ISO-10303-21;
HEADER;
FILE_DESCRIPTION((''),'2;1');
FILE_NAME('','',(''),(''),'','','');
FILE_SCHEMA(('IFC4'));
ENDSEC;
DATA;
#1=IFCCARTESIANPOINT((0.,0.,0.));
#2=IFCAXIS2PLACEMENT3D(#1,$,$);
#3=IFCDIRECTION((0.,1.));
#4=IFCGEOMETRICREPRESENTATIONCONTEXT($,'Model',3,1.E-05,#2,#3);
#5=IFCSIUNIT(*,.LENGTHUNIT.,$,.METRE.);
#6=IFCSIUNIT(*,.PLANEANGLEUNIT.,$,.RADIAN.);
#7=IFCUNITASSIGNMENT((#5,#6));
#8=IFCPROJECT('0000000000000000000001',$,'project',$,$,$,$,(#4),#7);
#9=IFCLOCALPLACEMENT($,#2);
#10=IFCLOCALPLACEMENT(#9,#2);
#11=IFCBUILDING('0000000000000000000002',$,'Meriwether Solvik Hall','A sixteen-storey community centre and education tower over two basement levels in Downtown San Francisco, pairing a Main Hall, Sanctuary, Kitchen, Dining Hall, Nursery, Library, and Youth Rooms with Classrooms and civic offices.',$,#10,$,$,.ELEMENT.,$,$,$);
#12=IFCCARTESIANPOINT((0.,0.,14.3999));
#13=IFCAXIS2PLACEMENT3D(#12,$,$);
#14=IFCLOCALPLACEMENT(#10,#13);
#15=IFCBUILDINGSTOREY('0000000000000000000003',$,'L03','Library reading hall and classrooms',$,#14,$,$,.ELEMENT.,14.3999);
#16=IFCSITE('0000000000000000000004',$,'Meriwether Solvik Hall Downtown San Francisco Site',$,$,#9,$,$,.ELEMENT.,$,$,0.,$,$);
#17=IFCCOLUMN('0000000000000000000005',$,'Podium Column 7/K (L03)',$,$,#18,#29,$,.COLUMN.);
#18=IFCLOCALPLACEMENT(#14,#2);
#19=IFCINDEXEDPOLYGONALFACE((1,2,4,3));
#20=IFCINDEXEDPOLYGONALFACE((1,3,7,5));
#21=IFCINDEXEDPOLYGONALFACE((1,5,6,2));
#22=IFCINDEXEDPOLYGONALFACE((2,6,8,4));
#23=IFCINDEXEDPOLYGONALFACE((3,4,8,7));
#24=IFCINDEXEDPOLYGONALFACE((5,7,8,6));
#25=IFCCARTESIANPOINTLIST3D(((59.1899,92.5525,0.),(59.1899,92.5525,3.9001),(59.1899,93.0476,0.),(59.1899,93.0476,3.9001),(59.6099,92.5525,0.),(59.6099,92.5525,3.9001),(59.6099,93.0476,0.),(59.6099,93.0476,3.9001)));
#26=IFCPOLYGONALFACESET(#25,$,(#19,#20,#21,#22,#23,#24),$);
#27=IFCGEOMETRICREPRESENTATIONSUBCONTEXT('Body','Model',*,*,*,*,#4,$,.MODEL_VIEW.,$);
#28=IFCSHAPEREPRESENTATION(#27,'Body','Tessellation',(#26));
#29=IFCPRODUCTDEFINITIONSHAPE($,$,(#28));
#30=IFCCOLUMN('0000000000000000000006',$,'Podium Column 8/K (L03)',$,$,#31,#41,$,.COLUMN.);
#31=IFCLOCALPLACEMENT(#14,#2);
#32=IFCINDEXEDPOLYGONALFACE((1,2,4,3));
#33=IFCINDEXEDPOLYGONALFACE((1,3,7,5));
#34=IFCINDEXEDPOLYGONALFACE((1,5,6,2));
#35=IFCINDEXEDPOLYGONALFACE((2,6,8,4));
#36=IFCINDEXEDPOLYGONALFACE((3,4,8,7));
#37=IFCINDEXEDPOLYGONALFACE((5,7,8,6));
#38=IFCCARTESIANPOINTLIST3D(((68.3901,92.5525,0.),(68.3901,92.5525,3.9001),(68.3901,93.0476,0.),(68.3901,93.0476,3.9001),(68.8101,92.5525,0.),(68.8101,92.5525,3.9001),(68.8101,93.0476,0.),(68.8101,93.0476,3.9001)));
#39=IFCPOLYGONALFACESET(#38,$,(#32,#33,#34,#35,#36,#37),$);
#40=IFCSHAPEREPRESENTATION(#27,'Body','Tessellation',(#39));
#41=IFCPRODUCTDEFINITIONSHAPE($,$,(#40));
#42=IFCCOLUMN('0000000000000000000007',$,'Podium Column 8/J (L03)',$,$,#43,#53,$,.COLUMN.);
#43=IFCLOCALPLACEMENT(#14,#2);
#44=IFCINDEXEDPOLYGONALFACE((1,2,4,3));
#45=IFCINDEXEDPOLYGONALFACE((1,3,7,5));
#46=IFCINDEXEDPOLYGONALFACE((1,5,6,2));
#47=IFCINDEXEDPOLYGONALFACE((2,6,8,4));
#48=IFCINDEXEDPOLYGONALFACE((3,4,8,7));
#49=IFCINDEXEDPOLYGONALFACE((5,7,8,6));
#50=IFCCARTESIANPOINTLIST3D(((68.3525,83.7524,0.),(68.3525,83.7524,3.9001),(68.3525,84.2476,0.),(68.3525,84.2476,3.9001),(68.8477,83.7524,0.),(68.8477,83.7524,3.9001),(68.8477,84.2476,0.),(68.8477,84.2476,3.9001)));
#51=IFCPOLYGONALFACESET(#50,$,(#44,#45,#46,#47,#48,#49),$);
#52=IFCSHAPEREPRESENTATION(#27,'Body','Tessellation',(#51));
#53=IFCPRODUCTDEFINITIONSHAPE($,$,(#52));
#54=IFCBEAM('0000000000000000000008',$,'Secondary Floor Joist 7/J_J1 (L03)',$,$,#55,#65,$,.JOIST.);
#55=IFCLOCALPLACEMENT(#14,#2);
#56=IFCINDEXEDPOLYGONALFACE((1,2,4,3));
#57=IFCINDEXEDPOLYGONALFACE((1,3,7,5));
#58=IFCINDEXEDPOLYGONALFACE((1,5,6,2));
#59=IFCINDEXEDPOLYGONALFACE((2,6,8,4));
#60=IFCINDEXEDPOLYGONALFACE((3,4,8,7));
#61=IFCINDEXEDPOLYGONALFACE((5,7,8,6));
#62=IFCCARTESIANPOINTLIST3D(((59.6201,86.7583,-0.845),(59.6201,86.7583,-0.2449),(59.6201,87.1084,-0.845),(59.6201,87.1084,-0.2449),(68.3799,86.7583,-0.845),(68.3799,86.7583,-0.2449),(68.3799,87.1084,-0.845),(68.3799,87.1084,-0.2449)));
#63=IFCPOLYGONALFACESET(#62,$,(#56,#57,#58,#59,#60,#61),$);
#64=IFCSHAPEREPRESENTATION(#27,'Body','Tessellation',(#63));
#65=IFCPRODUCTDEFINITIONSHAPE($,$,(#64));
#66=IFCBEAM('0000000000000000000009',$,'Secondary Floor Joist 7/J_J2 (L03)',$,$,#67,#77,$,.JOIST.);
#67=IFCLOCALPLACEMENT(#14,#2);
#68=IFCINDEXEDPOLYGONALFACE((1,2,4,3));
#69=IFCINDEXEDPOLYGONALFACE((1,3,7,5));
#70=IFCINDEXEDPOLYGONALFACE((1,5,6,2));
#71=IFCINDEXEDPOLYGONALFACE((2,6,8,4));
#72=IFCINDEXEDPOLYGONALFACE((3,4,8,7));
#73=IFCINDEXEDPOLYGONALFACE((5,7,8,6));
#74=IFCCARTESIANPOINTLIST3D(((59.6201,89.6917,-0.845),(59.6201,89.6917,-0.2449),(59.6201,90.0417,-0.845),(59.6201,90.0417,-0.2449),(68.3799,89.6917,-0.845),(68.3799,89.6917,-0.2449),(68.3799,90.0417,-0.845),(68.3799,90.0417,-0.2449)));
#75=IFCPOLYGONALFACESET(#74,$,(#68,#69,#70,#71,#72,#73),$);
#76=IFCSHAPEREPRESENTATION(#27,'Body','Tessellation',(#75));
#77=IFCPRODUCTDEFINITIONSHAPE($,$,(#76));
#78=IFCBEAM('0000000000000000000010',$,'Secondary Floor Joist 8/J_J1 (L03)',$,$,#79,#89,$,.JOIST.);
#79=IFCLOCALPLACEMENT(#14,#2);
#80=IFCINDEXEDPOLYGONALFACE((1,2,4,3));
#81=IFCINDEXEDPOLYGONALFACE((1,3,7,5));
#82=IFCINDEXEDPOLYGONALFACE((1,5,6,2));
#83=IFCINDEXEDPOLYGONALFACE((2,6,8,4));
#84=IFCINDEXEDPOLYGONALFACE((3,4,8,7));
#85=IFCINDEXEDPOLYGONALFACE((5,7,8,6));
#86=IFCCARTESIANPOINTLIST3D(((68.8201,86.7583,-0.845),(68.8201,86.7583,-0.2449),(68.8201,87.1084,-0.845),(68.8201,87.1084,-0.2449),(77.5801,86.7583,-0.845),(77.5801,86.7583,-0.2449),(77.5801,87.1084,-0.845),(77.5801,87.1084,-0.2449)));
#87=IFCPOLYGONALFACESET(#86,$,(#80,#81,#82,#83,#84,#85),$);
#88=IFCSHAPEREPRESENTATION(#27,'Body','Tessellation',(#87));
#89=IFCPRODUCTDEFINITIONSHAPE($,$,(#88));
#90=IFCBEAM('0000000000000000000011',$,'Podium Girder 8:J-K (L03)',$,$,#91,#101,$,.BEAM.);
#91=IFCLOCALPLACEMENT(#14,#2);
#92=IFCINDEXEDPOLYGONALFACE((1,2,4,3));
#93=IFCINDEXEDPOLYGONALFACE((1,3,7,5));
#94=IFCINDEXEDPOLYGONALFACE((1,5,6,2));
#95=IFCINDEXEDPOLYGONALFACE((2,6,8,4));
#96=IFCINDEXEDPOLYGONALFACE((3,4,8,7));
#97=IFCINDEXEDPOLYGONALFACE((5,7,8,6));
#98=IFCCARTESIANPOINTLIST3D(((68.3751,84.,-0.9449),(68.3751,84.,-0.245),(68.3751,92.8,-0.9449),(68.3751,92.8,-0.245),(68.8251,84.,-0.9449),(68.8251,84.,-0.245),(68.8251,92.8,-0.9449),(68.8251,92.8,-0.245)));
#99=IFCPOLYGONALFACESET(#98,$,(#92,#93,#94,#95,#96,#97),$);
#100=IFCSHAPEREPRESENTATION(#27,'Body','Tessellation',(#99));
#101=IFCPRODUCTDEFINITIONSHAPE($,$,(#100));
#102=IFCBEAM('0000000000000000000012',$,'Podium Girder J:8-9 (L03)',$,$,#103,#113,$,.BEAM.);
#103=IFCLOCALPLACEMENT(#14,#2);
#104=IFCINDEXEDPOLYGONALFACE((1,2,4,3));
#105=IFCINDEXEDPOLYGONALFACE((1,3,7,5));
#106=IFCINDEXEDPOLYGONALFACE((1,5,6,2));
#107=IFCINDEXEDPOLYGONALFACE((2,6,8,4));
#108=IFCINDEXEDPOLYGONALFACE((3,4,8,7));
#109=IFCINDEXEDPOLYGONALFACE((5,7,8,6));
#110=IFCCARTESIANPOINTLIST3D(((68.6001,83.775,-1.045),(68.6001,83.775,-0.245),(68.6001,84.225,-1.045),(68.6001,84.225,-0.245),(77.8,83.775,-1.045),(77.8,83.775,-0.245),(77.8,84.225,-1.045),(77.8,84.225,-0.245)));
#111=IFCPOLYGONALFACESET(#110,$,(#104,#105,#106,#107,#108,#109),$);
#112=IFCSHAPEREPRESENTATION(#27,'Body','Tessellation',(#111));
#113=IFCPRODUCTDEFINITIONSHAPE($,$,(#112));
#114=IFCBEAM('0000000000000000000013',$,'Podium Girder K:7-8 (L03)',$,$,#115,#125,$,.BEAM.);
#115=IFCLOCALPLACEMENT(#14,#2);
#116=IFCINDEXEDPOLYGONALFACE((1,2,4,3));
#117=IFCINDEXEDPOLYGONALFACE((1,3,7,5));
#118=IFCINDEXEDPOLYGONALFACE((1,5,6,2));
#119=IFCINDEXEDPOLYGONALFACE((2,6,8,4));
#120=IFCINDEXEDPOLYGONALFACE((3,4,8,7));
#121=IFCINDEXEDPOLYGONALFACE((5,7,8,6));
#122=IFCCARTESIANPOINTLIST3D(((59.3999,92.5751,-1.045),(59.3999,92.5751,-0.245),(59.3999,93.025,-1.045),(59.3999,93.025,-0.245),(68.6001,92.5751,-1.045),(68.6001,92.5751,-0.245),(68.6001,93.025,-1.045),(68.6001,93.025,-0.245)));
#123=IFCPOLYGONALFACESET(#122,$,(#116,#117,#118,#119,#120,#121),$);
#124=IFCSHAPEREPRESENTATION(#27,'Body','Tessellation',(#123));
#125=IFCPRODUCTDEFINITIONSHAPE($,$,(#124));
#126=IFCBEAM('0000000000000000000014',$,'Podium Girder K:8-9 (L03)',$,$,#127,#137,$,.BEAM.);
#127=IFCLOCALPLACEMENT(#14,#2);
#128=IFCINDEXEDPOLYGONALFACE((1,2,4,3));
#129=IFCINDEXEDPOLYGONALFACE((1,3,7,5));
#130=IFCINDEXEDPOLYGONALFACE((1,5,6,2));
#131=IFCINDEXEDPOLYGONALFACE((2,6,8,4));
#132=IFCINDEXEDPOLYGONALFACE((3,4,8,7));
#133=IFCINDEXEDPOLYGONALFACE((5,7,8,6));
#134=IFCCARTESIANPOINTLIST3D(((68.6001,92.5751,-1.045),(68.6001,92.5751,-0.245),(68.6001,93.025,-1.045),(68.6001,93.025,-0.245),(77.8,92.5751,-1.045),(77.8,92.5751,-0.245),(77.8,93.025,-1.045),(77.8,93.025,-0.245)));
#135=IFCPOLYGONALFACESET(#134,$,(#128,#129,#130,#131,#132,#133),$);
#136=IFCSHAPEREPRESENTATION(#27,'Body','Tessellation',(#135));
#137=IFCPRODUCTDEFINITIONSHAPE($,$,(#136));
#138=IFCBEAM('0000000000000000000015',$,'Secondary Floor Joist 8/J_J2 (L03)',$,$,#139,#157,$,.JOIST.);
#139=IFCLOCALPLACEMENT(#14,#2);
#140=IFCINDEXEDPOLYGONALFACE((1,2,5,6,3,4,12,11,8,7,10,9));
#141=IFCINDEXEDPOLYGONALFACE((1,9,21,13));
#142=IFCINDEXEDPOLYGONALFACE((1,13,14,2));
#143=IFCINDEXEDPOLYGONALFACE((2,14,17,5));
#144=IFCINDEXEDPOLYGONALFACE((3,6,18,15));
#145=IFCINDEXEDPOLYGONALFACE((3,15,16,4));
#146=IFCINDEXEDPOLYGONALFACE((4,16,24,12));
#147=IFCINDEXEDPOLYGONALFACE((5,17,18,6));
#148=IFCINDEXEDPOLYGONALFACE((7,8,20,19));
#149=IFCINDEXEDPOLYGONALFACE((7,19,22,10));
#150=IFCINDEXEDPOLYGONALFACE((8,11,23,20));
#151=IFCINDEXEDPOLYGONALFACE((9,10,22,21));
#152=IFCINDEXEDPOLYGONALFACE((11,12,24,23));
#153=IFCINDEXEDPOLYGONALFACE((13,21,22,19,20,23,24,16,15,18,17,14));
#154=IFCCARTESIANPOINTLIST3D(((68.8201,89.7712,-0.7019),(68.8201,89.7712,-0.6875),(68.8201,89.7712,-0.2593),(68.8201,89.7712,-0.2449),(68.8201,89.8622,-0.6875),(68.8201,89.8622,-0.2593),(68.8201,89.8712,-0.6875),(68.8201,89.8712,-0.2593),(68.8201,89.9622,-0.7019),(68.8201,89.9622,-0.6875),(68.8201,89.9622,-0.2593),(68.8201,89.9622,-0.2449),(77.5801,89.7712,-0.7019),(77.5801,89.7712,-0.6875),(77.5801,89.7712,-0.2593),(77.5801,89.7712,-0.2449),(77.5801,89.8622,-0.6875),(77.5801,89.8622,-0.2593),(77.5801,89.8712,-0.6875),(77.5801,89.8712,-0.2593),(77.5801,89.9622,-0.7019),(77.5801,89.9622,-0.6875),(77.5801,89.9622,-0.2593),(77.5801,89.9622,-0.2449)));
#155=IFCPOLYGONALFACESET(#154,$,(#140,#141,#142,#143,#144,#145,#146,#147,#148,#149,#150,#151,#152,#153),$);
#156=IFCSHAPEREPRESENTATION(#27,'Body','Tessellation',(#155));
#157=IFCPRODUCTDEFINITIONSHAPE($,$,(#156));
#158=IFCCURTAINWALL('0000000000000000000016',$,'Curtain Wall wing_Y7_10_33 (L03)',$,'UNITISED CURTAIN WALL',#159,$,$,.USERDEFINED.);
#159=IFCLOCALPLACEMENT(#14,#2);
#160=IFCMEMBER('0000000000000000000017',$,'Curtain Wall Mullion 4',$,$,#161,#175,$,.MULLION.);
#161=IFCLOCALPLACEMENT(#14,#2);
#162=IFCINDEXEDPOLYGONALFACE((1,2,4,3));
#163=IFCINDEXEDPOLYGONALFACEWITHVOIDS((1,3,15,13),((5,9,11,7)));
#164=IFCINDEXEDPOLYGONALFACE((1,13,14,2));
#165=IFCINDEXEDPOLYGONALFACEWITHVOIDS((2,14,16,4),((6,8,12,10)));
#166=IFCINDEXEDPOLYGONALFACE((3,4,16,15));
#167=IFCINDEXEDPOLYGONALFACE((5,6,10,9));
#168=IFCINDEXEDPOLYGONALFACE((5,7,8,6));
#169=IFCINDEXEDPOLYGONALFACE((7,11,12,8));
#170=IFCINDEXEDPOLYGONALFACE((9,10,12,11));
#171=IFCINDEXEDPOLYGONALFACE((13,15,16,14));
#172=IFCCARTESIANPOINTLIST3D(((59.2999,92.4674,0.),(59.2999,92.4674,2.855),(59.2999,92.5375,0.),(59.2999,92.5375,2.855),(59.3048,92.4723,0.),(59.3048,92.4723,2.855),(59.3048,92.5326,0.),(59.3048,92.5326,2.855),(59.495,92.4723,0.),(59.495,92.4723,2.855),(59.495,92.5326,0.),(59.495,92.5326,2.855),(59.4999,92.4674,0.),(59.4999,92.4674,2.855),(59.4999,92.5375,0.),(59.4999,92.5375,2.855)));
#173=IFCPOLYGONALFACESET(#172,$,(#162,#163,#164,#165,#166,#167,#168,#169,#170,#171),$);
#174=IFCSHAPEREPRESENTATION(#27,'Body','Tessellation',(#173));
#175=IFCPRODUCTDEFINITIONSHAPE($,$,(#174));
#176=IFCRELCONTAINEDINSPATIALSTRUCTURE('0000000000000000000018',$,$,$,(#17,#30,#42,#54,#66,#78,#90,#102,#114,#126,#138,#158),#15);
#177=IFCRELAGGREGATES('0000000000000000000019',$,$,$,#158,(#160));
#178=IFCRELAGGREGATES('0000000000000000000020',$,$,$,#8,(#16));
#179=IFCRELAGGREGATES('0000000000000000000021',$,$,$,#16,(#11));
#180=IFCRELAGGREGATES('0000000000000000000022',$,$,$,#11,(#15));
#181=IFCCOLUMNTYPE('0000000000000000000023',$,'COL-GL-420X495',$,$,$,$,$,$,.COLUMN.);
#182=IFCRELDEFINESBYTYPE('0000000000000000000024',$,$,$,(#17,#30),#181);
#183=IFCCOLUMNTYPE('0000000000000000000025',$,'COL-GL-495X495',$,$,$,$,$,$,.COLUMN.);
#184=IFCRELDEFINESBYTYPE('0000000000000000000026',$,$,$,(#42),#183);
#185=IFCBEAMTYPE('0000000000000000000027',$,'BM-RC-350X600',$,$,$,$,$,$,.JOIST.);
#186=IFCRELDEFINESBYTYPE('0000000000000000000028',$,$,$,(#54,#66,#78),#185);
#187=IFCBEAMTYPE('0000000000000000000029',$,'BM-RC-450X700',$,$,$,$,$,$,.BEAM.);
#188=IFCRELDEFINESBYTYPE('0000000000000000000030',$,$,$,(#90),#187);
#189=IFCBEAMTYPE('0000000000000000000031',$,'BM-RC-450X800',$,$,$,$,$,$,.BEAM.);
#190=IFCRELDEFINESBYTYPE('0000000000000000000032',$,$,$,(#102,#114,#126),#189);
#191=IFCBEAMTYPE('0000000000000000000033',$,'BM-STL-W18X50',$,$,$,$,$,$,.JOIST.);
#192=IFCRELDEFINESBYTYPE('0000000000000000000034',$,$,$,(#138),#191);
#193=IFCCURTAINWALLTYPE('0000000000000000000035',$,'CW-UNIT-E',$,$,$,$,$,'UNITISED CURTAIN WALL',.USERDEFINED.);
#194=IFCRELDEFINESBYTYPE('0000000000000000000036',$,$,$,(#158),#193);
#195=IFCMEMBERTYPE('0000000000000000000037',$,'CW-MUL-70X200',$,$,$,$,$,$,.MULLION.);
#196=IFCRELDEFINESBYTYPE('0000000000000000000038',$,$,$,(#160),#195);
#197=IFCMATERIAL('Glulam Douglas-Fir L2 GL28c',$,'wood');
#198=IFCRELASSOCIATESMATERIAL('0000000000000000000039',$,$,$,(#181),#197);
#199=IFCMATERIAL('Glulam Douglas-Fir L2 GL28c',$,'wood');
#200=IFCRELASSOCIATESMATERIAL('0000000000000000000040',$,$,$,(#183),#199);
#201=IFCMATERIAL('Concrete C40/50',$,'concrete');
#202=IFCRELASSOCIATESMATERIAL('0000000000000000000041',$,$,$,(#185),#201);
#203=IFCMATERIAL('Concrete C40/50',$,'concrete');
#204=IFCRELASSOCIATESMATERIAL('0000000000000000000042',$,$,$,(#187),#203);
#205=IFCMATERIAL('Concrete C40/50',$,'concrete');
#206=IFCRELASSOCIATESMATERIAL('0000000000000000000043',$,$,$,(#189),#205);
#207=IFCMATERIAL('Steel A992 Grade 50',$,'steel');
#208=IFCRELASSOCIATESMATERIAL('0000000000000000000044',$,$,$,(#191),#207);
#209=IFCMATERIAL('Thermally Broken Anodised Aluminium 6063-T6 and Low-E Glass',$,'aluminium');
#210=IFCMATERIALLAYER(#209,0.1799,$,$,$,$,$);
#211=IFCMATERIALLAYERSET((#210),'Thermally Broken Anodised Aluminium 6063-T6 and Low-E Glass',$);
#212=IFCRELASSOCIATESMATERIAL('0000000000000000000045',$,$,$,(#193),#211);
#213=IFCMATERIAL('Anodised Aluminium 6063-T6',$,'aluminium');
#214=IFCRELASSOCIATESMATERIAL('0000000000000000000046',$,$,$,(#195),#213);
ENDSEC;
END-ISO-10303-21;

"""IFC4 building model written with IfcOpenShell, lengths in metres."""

from ifc_helpers import new_model, si_unit, direction, frame, origin, origin_2d, place, context, subcontext, project, spatial, rectangle, hollow_rectangle, i_section, extrude, material, layer, layer_set, material_profile, profile_set, type_object, element, aggregate, save


model = new_model("IFC4")

# Units and contexts
model_context = context("Model", 3, precision=1e-05, world=origin(), true_north=direction((0.0, 1.0)))
body_context = subcontext(model_context, "Body", "Model", "MODEL_VIEW")
ifc_project = project(units=[si_unit("LENGTHUNIT", "METRE"), si_unit("PLANEANGLEUNIT", "RADIAN")], contexts=[model_context])

# Site, building, storey
site_placement = place(None, origin())
site = spatial("IfcSite", under=ifc_project, at=site_placement, Name="Meriwether Solvik Hall Downtown San Francisco Site", CompositionType="ELEMENT", RefElevation=0.0)
building_placement = place(site_placement, origin())
building = spatial("IfcBuilding", under=site, at=building_placement, Name="Meriwether Solvik Hall", Description="A sixteen-storey community centre and education tower over two basement levels in Downtown San Francisco, pairing a Main Hall, Sanctuary, Kitchen, Dining Hall, Nursery, Library, and Youth Rooms with Classrooms and civic offices.", CompositionType="ELEMENT")
storey_placement = place(building_placement, frame((0.0, 0.0, 14.3999)))
storey = spatial("IfcBuildingStorey", under=building, at=storey_placement, Name="L03", Description="Library reading hall and classrooms", CompositionType="ELEMENT", Elevation=14.3999)

# Columns
ifc_material_1 = material(Name="Glulam Douglas-Fir L2 GL28c", Category="wood")
ifc_material_profile_1 = material_profile(ifc_material_1, rectangle(XDim=0.4199, YDim=0.4951, at=origin_2d()), Name="GLC-420X495")
ifc_profile_set_1 = profile_set([ifc_material_profile_1], Name="Glulam Douglas-Fir L2 GL28c")
column_type_1 = type_object("IfcColumnType", Name="COL-GL-420X495", PredefinedType="COLUMN", material=ifc_profile_set_1)
for number, where, z_axis, x_axis, name in (
    (1, (59.3999, 92.8, 0.0), (0.0, 0.0, 1.0), (1.0, 0.0, 0.0), "Podium Column 7/K (L03)"),
    (2, (68.6001, 92.8, 0.0), (0.0, 0.0, 1.0), (1.0, 0.0, 0.0), "Podium Column 8/K (L03)"),
):
    element("IfcColumn", number, at=place(storey_placement, frame(where, z_axis=z_axis, x_axis=x_axis)), inside=storey, type_object=column_type_1, Name=name, PredefinedType="COLUMN", context=body_context, shape_type="SweptSolid", body=[
        extrude(rectangle(XDim=0.4199, YDim=0.4951, at=origin_2d()), origin(), (0.0, 0.0, 1.0), 3.9001),
    ])
ifc_material_2 = material(Name="Glulam Douglas-Fir L2 GL28c", Category="wood")
ifc_material_profile_2 = material_profile(ifc_material_2, rectangle(XDim=0.4951, YDim=0.4951, at=origin_2d()), Name="GLC-495X495")
ifc_profile_set_2 = profile_set([ifc_material_profile_2], Name="Glulam Douglas-Fir L2 GL28c")
column_type_2 = type_object("IfcColumnType", Name="COL-GL-495X495", PredefinedType="COLUMN", material=ifc_profile_set_2)
column_placement = place(storey_placement, frame((68.6001, 84.0, 0.0), z_axis=(0.0, 0.0, 1.0), x_axis=(1.0, 0.0, 0.0)))
element("IfcColumn", 3, at=column_placement, inside=storey, type_object=column_type_2, Name="Podium Column 8/J (L03)", PredefinedType="COLUMN", context=body_context, shape_type="SweptSolid", body=[
    extrude(rectangle(XDim=0.4951, YDim=0.4951, at=origin_2d()), origin(), (0.0, 0.0, 1.0), 3.9001),
])

# Beams
ifc_material_3 = material(Name="Concrete C40/50", Category="concrete")
ifc_material_profile_3 = material_profile(ifc_material_3, rectangle(XDim=0.3501, YDim=0.6001, at=origin_2d()), Name="RCB-350X600")
ifc_profile_set_3 = profile_set([ifc_material_profile_3], Name="Concrete C40/50")
beam_type_1 = type_object("IfcBeamType", Name="BM-RC-350X600", PredefinedType="JOIST", material=ifc_profile_set_3)
for number, where, z_axis, x_axis, name in (
    (4, (59.6201, 86.9333, -0.5449), (1.0, 0.0, 0.0), (0.0, 1.0, 0.0), "Secondary Floor Joist 7/J_J1 (L03)"),
    (5, (59.6201, 89.8667, -0.5449), (1.0, 0.0, 0.0), (0.0, 1.0, 0.0), "Secondary Floor Joist 7/J_J2 (L03)"),
):
    element("IfcBeam", number, at=place(storey_placement, frame(where, z_axis=z_axis, x_axis=x_axis)), inside=storey, type_object=beam_type_1, Name=name, PredefinedType="JOIST", context=body_context, shape_type="SweptSolid", body=[
        extrude(rectangle(XDim=0.3501, YDim=0.6001, at=origin_2d()), origin(), (0.0, 0.0, 1.0), 8.7598),
    ])
beam_1_placement = place(storey_placement, frame((68.8201, 86.9333, -0.5449), z_axis=(1.0, 0.0, 0.0), x_axis=(0.0, 1.0, 0.0)))
element("IfcBeam", 6, at=beam_1_placement, inside=storey, type_object=beam_type_1, Name="Secondary Floor Joist 8/J_J1 (L03)", PredefinedType="JOIST", context=body_context, shape_type="SweptSolid", body=[
    extrude(rectangle(XDim=0.3501, YDim=0.6001, at=origin_2d()), origin(), (0.0, 0.0, 1.0), 8.76),
])
ifc_material_4 = material(Name="Concrete C40/50", Category="concrete")
ifc_material_profile_4 = material_profile(ifc_material_4, rectangle(XDim=0.45, YDim=0.7, at=origin_2d()), Name="RCB-450X700")
ifc_profile_set_4 = profile_set([ifc_material_profile_4], Name="Concrete C40/50")
beam_type_2 = type_object("IfcBeamType", Name="BM-RC-450X700", PredefinedType="BEAM", material=ifc_profile_set_4)
beam_2_placement = place(storey_placement, frame((68.6001, 84.0, -0.595), z_axis=(0.0, 1.0, 0.0), x_axis=(-1.0, 0.0, 0.0)))
element("IfcBeam", 7, at=beam_2_placement, inside=storey, type_object=beam_type_2, Name="Podium Girder 8:J-K (L03)", PredefinedType="BEAM", context=body_context, shape_type="SweptSolid", body=[
    extrude(rectangle(XDim=0.45, YDim=0.7, at=origin_2d()), origin(), (0.0, 0.0, 1.0), 8.8),
])
ifc_material_5 = material(Name="Concrete C40/50", Category="concrete")
ifc_material_profile_5 = material_profile(ifc_material_5, rectangle(XDim=0.45, YDim=0.8, at=origin_2d()), Name="RCB-450X800")
ifc_profile_set_5 = profile_set([ifc_material_profile_5], Name="Concrete C40/50")
beam_type_3 = type_object("IfcBeamType", Name="BM-RC-450X800", PredefinedType="BEAM", material=ifc_profile_set_5)
beam_3_placement = place(storey_placement, frame((68.6001, 84.0, -0.645), z_axis=(1.0, 0.0, 0.0), x_axis=(0.0, 1.0, 0.0)))
element("IfcBeam", 8, at=beam_3_placement, inside=storey, type_object=beam_type_3, Name="Podium Girder J:8-9 (L03)", PredefinedType="BEAM", context=body_context, shape_type="SweptSolid", body=[
    extrude(rectangle(XDim=0.45, YDim=0.8, at=origin_2d()), origin(), (0.0, 0.0, 1.0), 9.2),
])
beam_4_placement = place(storey_placement, frame((59.3999, 92.8, -0.645), z_axis=(1.0, 0.0, 0.0), x_axis=(0.0, 1.0, 0.0)))
element("IfcBeam", 9, at=beam_4_placement, inside=storey, type_object=beam_type_3, Name="Podium Girder K:7-8 (L03)", PredefinedType="BEAM", context=body_context, shape_type="SweptSolid", body=[
    extrude(rectangle(XDim=0.45, YDim=0.8, at=origin_2d()), origin(), (0.0, 0.0, 1.0), 9.2002),
])
beam_5_placement = place(storey_placement, frame((68.6001, 92.8, -0.645), z_axis=(1.0, 0.0, 0.0), x_axis=(0.0, 1.0, 0.0)))
element("IfcBeam", 10, at=beam_5_placement, inside=storey, type_object=beam_type_3, Name="Podium Girder K:8-9 (L03)", PredefinedType="BEAM", context=body_context, shape_type="SweptSolid", body=[
    extrude(rectangle(XDim=0.45, YDim=0.8, at=origin_2d()), origin(), (0.0, 0.0, 1.0), 9.2),
])
ifc_material_6 = material(Name="Steel A992 Grade 50", Category="steel")
ifc_material_profile_6 = material_profile(ifc_material_6, i_section(OverallWidth=0.1909, OverallDepth=0.457, WebThickness=0.009, FlangeThickness=0.0144, at=origin_2d()), Name="W18X50")
ifc_profile_set_6 = profile_set([ifc_material_profile_6], Name="Steel A992 Grade 50")
beam_type_4 = type_object("IfcBeamType", Name="BM-STL-W18X50", PredefinedType="JOIST", material=ifc_profile_set_6)
beam_6_placement = place(storey_placement, frame((68.8201, 89.8667, -0.4734), z_axis=(1.0, 0.0, 0.0), x_axis=(0.0, 1.0, 0.0)))
element("IfcBeam", 11, at=beam_6_placement, inside=storey, type_object=beam_type_4, Name="Secondary Floor Joist 8/J_J2 (L03)", PredefinedType="JOIST", context=body_context, shape_type="SweptSolid", body=[
    extrude(i_section(OverallWidth=0.1909, OverallDepth=0.457, WebThickness=0.009, FlangeThickness=0.0144, at=origin_2d()), origin(), (0.0, 0.0, 1.0), 8.76),
])

# Curtain wall, member
ifc_material_7 = material(Name="Thermally Broken Anodised Aluminium 6063-T6 and Low-E Glass", Category="aluminium")
ifc_layer_1 = layer(ifc_material_7, 0.1799)
ifc_layer_set_1 = layer_set([ifc_layer_1], Name="Thermally Broken Anodised Aluminium 6063-T6 and Low-E Glass")
curtain_wall_type = type_object("IfcCurtainWallType", Name="CW-UNIT-E", ElementType="UNITISED CURTAIN WALL", PredefinedType="USERDEFINED", material=ifc_layer_set_1)
curtain_wall_placement = place(storey_placement, origin())
curtain_wall = element("IfcCurtainWall", 12, at=curtain_wall_placement, inside=storey, type_object=curtain_wall_type, Name="Curtain Wall wing_Y7_10_33 (L03)", ObjectType="UNITISED CURTAIN WALL", PredefinedType="USERDEFINED")
ifc_material_8 = material(Name="Anodised Aluminium 6063-T6", Category="aluminium")
ifc_material_profile_7 = material_profile(ifc_material_8, hollow_rectangle(XDim=0.0701, YDim=0.2, WallThickness=0.0049, at=origin_2d()), Name="CWM-70X200")
ifc_profile_set_7 = profile_set([ifc_material_profile_7], Name="Anodised Aluminium 6063-T6")
member_type = type_object("IfcMemberType", Name="CW-MUL-70X200", PredefinedType="MULLION", material=ifc_profile_set_7)
member_placement = place(storey_placement, frame((59.3999, 92.5024, 0.0), z_axis=(0.0, 0.0, 1.0), x_axis=(0.0, 1.0, 0.0)))
member = element("IfcMember", 13, at=member_placement, type_object=member_type, Name="Curtain Wall Mullion 4", PredefinedType="MULLION", context=body_context, shape_type="SweptSolid", body=[
    extrude(hollow_rectangle(XDim=0.0701, YDim=0.2, WallThickness=0.0049, at=origin_2d()), origin(), (0.0, 0.0, 1.0), 2.855),
])
aggregate(curtain_wall, [member])

save(model, "model.ifc")
